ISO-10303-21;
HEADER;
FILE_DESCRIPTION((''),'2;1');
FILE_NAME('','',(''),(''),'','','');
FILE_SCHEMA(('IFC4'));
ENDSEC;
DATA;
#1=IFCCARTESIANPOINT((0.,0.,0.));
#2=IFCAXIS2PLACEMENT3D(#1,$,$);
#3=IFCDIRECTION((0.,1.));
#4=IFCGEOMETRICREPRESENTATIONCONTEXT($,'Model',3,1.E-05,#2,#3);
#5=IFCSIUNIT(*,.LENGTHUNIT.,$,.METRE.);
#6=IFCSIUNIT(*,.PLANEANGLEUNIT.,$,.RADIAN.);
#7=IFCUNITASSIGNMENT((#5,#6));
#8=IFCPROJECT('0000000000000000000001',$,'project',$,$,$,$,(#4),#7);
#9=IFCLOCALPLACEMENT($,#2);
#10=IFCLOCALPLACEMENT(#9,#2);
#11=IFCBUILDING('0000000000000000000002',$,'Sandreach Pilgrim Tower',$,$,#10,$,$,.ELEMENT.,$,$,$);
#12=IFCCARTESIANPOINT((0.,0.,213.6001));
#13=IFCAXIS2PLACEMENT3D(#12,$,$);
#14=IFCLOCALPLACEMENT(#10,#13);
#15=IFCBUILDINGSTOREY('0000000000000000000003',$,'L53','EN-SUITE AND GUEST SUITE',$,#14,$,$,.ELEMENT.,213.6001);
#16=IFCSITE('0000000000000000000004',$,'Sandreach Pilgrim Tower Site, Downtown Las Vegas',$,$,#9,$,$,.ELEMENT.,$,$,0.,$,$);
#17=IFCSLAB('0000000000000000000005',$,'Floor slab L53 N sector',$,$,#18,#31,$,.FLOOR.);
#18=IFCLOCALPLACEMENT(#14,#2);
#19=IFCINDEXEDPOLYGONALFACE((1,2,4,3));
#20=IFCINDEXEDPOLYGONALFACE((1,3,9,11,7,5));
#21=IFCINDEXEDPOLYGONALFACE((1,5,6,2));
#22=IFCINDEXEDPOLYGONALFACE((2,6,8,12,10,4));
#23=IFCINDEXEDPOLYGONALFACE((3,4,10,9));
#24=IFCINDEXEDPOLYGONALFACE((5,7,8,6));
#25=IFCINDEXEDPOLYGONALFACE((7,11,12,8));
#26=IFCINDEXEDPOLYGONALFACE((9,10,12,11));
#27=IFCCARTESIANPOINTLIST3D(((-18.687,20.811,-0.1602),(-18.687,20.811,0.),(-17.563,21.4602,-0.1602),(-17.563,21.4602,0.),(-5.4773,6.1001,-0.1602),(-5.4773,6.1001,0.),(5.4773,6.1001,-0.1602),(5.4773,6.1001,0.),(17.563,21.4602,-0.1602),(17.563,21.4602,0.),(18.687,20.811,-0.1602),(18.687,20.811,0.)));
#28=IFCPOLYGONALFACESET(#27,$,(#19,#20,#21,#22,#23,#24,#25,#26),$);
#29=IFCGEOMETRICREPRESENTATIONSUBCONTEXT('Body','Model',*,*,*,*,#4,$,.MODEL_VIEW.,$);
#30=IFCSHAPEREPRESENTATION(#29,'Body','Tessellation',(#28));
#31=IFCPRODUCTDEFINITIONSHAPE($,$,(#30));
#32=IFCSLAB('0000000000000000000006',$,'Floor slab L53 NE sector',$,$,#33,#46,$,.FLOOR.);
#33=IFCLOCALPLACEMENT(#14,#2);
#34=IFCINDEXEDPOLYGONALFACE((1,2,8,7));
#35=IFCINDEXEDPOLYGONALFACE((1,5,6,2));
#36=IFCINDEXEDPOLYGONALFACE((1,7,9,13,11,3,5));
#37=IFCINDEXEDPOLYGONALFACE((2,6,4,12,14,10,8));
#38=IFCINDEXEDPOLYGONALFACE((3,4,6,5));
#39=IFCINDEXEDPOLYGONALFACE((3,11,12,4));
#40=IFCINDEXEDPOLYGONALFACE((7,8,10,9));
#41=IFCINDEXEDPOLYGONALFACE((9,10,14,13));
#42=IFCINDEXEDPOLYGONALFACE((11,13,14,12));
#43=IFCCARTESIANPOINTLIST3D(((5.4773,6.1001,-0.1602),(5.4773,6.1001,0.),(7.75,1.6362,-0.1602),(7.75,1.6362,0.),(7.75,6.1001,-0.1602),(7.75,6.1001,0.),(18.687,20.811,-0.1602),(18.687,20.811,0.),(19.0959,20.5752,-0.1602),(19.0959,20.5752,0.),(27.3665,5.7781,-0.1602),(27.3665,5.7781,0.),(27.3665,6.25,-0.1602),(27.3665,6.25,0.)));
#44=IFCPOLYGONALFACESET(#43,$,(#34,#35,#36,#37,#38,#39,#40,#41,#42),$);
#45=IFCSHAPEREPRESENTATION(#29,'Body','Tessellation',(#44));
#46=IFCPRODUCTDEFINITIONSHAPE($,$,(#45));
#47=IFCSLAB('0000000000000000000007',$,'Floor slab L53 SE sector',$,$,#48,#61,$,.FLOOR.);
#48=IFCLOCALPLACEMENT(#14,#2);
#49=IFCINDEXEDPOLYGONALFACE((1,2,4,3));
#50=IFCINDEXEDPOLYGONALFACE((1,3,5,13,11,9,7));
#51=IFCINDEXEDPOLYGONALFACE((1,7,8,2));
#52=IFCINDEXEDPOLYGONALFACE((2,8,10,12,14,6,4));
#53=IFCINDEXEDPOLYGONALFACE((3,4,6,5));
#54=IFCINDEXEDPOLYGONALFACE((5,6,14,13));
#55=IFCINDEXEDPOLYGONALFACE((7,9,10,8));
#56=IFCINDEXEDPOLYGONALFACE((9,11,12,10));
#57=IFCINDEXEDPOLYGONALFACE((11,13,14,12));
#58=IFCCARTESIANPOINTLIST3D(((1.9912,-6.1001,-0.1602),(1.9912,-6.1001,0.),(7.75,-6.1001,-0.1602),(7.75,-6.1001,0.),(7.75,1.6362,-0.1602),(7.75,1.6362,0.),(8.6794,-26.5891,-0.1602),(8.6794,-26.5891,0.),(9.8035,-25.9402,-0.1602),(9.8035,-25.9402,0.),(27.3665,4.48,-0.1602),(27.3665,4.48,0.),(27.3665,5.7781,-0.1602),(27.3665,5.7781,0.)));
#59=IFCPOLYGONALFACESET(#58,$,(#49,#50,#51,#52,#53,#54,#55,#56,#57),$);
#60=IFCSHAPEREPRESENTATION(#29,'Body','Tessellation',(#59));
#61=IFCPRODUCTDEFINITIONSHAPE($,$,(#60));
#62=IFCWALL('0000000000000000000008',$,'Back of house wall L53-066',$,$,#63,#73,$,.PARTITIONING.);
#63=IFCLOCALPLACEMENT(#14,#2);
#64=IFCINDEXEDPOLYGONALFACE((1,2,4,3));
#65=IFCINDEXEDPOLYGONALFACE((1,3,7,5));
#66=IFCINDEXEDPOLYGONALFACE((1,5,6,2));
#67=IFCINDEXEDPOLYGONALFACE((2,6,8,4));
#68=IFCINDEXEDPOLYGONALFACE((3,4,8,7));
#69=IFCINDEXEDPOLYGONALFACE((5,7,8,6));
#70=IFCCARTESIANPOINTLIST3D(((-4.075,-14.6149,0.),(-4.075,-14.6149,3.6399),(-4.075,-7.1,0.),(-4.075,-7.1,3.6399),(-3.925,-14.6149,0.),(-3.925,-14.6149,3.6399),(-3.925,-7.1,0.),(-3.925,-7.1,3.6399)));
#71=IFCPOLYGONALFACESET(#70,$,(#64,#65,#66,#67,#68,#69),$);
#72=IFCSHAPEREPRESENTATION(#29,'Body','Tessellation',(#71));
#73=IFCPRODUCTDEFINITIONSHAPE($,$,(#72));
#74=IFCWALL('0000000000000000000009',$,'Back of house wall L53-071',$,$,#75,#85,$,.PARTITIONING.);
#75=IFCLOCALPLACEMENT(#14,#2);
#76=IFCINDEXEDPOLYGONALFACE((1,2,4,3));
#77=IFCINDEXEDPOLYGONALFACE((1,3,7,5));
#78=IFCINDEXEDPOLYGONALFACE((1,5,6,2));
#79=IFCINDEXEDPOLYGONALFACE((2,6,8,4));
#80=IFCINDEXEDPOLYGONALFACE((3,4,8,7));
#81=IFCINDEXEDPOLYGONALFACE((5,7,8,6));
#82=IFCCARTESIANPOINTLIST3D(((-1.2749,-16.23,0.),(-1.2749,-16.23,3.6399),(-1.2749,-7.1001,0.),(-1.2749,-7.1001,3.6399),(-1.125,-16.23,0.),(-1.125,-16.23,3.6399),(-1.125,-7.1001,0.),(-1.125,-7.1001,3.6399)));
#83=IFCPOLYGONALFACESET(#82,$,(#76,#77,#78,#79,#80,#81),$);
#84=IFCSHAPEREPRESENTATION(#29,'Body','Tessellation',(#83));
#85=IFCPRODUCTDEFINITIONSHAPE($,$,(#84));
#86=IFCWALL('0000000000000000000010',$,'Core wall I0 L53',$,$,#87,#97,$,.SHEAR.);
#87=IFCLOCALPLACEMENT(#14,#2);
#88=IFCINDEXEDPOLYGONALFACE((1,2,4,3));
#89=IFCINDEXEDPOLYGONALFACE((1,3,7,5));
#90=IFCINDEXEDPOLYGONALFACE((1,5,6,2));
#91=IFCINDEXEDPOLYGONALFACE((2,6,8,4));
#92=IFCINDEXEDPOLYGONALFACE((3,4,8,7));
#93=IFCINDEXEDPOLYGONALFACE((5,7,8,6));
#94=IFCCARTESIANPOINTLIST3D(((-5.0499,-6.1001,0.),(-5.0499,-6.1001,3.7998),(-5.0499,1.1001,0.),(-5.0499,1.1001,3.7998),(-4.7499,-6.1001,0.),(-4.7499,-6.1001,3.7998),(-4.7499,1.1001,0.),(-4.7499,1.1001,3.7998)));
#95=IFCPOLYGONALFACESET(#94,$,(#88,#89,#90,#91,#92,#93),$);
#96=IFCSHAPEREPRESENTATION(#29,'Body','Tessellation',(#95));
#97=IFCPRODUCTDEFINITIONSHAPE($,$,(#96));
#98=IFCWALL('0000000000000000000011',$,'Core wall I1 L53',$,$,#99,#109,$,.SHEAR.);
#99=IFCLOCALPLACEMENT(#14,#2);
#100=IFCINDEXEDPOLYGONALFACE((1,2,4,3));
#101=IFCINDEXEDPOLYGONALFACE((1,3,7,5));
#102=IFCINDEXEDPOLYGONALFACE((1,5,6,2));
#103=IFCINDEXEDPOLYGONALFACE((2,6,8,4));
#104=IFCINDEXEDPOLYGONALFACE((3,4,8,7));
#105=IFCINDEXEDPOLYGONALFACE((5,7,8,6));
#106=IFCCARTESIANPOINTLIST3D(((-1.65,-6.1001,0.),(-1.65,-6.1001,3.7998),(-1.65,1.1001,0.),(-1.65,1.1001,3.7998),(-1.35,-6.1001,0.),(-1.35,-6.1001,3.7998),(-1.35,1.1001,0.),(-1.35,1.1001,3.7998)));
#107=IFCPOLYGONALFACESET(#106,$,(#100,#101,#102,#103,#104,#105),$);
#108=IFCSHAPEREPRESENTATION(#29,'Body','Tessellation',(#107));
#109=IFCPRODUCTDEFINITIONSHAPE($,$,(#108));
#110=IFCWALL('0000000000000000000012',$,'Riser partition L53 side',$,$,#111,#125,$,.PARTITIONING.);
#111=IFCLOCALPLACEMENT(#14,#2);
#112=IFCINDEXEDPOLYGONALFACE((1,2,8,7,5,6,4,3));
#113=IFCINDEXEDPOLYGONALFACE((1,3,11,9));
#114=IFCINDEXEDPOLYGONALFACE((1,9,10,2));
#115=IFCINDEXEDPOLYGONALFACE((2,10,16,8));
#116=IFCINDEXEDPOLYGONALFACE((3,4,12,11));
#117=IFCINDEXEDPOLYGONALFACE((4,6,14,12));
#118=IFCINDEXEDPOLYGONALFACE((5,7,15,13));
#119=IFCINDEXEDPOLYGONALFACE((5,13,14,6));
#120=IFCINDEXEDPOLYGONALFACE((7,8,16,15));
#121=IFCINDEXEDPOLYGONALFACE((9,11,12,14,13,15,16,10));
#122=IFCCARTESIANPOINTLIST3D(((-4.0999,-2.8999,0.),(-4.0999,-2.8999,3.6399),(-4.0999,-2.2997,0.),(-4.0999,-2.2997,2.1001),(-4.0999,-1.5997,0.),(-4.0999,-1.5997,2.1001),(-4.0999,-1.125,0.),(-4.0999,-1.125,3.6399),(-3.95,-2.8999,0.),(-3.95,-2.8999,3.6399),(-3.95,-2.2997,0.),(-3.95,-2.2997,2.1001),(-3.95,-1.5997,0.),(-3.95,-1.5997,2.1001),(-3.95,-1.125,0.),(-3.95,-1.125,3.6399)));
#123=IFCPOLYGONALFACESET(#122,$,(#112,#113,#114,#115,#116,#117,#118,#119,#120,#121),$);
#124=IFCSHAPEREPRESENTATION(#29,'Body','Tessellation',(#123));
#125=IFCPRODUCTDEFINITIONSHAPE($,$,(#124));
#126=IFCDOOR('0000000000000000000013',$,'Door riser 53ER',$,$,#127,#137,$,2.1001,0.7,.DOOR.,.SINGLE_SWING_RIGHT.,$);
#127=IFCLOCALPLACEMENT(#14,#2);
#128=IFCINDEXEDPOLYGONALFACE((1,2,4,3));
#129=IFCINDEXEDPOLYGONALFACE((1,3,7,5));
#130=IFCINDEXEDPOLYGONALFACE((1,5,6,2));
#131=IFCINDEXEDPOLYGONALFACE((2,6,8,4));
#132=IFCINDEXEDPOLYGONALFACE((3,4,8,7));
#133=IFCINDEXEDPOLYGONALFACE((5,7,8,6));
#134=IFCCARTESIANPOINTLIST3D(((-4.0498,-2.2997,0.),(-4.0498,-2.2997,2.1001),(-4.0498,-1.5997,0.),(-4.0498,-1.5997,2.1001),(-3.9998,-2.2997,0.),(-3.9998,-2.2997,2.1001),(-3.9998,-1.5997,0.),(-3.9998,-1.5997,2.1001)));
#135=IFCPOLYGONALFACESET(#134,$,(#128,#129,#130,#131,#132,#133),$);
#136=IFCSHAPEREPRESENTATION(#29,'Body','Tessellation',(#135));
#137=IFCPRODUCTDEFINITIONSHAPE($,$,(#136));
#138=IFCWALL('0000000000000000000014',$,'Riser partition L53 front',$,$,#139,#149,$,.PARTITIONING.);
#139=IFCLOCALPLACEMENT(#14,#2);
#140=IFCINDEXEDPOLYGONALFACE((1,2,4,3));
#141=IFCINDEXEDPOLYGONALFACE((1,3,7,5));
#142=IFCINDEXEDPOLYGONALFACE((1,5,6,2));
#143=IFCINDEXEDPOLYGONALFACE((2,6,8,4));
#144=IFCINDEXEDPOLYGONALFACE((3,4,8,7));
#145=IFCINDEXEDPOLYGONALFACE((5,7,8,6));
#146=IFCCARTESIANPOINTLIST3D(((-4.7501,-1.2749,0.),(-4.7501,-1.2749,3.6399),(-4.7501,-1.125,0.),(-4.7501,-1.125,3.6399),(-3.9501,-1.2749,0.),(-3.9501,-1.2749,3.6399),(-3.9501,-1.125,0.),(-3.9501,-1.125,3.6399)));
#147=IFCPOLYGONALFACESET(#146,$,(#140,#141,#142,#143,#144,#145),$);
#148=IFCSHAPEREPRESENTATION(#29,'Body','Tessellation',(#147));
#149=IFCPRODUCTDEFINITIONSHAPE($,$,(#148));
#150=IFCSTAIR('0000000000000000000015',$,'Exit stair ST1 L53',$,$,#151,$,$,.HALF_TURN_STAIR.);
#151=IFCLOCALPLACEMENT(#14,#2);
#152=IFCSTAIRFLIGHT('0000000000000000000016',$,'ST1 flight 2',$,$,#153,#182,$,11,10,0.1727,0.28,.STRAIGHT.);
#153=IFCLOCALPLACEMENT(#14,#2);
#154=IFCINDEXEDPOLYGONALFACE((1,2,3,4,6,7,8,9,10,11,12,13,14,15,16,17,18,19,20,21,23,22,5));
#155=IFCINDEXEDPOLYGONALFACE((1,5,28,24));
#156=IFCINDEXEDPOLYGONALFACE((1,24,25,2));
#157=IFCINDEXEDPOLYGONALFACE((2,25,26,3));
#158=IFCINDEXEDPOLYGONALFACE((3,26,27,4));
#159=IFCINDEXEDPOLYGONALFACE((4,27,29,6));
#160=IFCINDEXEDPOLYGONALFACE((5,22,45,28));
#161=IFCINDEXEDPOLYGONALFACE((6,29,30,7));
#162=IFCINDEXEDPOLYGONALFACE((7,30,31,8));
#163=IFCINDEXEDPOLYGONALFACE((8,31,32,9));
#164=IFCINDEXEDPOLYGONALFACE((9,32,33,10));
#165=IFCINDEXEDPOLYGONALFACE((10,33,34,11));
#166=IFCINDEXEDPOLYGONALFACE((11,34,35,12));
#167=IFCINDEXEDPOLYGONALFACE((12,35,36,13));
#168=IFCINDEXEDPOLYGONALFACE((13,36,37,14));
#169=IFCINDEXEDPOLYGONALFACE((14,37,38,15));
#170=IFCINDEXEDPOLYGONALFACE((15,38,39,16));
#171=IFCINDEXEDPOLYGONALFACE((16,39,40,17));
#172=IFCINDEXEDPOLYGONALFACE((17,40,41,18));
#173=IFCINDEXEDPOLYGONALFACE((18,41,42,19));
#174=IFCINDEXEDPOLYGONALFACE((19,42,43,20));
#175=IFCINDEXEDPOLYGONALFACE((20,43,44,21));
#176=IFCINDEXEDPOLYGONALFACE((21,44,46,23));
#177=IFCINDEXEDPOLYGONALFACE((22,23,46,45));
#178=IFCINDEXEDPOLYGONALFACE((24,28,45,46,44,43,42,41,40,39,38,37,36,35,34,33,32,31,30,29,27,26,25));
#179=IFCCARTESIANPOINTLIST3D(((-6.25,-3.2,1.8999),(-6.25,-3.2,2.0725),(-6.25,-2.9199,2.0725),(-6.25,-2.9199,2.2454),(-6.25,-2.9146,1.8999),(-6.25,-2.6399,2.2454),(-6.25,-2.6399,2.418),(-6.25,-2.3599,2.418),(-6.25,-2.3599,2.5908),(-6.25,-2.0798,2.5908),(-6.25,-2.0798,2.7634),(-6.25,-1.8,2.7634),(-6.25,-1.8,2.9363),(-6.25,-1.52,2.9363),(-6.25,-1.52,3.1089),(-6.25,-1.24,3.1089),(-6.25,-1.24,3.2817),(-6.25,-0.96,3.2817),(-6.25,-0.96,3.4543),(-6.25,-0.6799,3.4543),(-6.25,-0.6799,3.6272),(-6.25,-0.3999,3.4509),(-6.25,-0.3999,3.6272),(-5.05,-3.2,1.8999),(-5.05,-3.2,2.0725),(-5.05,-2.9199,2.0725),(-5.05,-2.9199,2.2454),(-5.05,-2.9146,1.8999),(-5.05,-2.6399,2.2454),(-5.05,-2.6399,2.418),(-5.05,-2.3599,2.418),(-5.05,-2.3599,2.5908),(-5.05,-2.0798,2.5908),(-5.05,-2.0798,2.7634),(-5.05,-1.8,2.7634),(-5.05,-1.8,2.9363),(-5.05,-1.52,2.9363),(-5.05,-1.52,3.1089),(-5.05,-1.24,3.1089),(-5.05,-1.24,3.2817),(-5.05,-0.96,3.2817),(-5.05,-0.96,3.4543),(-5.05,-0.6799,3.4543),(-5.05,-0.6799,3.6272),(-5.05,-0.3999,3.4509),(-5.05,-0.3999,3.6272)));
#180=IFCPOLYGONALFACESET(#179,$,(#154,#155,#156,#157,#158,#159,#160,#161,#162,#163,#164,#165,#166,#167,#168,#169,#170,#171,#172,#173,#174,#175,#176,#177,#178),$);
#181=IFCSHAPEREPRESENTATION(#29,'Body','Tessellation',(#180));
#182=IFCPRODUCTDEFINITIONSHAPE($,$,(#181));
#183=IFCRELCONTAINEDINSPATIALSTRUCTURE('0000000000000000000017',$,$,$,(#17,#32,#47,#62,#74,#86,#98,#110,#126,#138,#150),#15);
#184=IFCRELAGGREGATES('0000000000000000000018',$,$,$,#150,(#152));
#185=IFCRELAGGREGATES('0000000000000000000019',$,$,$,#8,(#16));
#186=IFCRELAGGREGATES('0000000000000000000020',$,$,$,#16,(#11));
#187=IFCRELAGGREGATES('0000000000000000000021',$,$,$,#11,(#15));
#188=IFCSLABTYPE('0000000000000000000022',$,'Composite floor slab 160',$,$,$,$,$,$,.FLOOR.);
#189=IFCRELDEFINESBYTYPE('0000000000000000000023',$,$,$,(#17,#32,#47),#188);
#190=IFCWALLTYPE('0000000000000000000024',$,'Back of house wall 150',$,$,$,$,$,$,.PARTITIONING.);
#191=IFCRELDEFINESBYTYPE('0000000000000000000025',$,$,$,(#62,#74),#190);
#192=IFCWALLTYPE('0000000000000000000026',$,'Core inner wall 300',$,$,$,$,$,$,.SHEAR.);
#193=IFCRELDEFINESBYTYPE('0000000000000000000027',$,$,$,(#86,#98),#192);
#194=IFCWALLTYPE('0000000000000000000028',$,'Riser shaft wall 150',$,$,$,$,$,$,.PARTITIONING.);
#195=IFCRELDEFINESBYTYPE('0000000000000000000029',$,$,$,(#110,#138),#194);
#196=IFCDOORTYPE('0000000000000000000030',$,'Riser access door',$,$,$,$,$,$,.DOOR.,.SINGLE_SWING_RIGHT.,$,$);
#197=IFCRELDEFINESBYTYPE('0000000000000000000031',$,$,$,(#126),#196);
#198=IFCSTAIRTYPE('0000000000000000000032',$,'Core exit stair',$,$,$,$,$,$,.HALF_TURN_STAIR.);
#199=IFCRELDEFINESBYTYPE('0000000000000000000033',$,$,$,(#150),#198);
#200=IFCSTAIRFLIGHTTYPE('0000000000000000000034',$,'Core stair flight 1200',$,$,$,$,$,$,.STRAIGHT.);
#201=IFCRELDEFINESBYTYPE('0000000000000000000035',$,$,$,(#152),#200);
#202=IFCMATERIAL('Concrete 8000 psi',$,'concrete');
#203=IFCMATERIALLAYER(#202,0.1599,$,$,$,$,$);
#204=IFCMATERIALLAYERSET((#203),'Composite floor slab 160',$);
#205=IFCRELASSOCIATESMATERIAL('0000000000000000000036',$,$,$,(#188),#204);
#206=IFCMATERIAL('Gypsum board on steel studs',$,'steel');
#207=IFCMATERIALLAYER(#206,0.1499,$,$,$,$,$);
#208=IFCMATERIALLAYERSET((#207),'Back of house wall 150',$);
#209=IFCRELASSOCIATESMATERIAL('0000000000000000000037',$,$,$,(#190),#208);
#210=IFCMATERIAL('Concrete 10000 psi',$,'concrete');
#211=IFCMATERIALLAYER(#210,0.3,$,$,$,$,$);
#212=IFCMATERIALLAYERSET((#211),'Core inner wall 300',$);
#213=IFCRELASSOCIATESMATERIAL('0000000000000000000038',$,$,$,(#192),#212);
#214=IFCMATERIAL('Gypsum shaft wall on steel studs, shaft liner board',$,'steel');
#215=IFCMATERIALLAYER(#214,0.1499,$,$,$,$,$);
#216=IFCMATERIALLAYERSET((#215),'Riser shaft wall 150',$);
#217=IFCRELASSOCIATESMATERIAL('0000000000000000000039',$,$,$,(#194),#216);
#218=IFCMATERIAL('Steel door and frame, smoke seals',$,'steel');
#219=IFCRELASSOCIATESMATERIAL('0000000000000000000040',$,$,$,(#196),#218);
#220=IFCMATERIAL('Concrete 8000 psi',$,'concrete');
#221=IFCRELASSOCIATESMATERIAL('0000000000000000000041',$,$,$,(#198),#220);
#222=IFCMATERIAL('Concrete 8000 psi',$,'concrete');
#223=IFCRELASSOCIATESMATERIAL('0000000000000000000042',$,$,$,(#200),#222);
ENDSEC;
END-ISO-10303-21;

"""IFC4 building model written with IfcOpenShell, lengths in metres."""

from ifc_helpers import new_model, si_unit, direction, frame, frame_2d, origin, place, context, subcontext, project, spatial, polyline, rectangle, outline, extrude, material, layer, layer_set, type_object, element, fill, aggregate, save


model = new_model("IFC4")

# Units and contexts
model_context = context("Model", 3, precision=1e-05, world=origin(), true_north=direction((0.0, 1.0)))
body_context = subcontext(model_context, "Body", "Model", "MODEL_VIEW")
ifc_project = project(units=[si_unit("LENGTHUNIT", "METRE"), si_unit("PLANEANGLEUNIT", "RADIAN")], contexts=[model_context])

# Site, building, storey
site_placement = place(None, origin())
site = spatial("IfcSite", under=ifc_project, at=site_placement, Name="Sandreach Pilgrim Tower Site, Downtown Las Vegas", CompositionType="ELEMENT", RefElevation=0.0)
building_placement = place(site_placement, origin())
building = spatial("IfcBuilding", under=site, at=building_placement, Name="Sandreach Pilgrim Tower", CompositionType="ELEMENT")
storey_placement = place(building_placement, frame((0.0, 0.0, 213.6001)))
storey = spatial("IfcBuildingStorey", under=building, at=storey_placement, Name="L53", Description="EN-SUITE AND GUEST SUITE", CompositionType="ELEMENT", Elevation=213.6001)

# Slabs
ifc_material_1 = material(Name="Concrete 8000 psi", Category="concrete")
ifc_layer_1 = layer(ifc_material_1, 0.1599)
ifc_layer_set_1 = layer_set([ifc_layer_1], Name="Composite floor slab 160")
slab_type = type_object("IfcSlabType", Name="Composite floor slab 160", PredefinedType="FLOOR", material=ifc_layer_set_1)
slab_1_placement = place(storey_placement, frame((0.0, 0.0, -0.1602)))
element("IfcSlab", 1, at=slab_1_placement, inside=storey, type_object=slab_type, Name="Floor slab L53 N sector", PredefinedType="FLOOR", context=body_context, shape_type="SweptSolid", body=[
    extrude(outline(polyline([(-17.563, 21.4602), (17.563, 21.4602), (18.687, 20.811), (5.4773, 6.1001), (-5.4773, 6.1001), (-18.687, 20.811), (-17.563, 21.4602)])), origin(), (0.0, 0.0, 1.0), 0.1602),
])
slab_2_placement = place(storey_placement, frame((0.0, 0.0, -0.1602)))
element("IfcSlab", 2, at=slab_2_placement, inside=storey, type_object=slab_type, Name="Floor slab L53 NE sector", PredefinedType="FLOOR", context=body_context, shape_type="SweptSolid", body=[
    extrude(outline(polyline([(19.0959, 20.5752), (27.3665, 6.25), (27.3665, 5.7781), (7.75, 1.6362), (7.75, 6.1001), (5.4773, 6.1001), (18.687, 20.811), (19.0959, 20.5752)])), origin(), (0.0, 0.0, 1.0), 0.1602),
])
slab_3_placement = place(storey_placement, frame((0.0, 0.0, -0.1602)))
element("IfcSlab", 3, at=slab_3_placement, inside=storey, type_object=slab_type, Name="Floor slab L53 SE sector", PredefinedType="FLOOR", context=body_context, shape_type="SweptSolid", body=[
    extrude(outline(polyline([(27.3665, 4.48), (9.8035, -25.9402), (8.6794, -26.5891), (1.9912, -6.1001), (7.75, -6.1001), (7.75, 1.6362), (27.3665, 5.7781), (27.3665, 4.48)])), origin(), (0.0, 0.0, 1.0), 0.1602),
])

# Walls
ifc_material_2 = material(Name="Gypsum board on steel studs", Category="steel")
ifc_layer_2 = layer(ifc_material_2, 0.1499)
ifc_layer_set_2 = layer_set([ifc_layer_2], Name="Back of house wall 150")
wall_type_1 = type_object("IfcWallType", Name="Back of house wall 150", PredefinedType="PARTITIONING", material=ifc_layer_set_2)
wall_1_placement = place(storey_placement, frame((-4.0, -7.1001, 0.0), z_axis=(0.0, 0.0, 1.0), x_axis=(0.0, -1.0, 0.0)))
element("IfcWall", 4, at=wall_1_placement, inside=storey, type_object=wall_type_1, Name="Back of house wall L53-066", PredefinedType="PARTITIONING", context=body_context, shape_type="SweptSolid", body=[
    extrude(rectangle(XDim=7.5149, YDim=0.1499, at=frame_2d((3.7573, 0.0))), origin(), (0.0, 0.0, 1.0), 3.6399),
])
wall_2_placement = place(storey_placement, frame((-1.2, -7.1001, 0.0), z_axis=(0.0, 0.0, 1.0), x_axis=(0.0, -1.0, 0.0)))
element("IfcWall", 5, at=wall_2_placement, inside=storey, type_object=wall_type_1, Name="Back of house wall L53-071", PredefinedType="PARTITIONING", context=body_context, shape_type="SweptSolid", body=[
    extrude(rectangle(XDim=9.1299, YDim=0.1499, at=frame_2d((4.5649, 0.0))), origin(), (0.0, 0.0, 1.0), 3.6399),
])
ifc_material_3 = material(Name="Concrete 10000 psi", Category="concrete")
ifc_layer_3 = layer(ifc_material_3, 0.3)
ifc_layer_set_3 = layer_set([ifc_layer_3], Name="Core inner wall 300")
wall_type_2 = type_object("IfcWallType", Name="Core inner wall 300", PredefinedType="SHEAR", material=ifc_layer_set_3)
for number, where, z_axis, x_axis, name in (
    (6, (-4.8999, -6.1001, 0.0), (0.0, 0.0, 1.0), (0.0, 1.0, 0.0), "Core wall I0 L53"),
    (7, (-1.5, -6.1001, 0.0), (0.0, 0.0, 1.0), (0.0, 1.0, 0.0), "Core wall I1 L53"),
):
    element("IfcWall", number, at=place(storey_placement, frame(where, z_axis=z_axis, x_axis=x_axis)), inside=storey, type_object=wall_type_2, Name=name, PredefinedType="SHEAR", context=body_context, shape_type="SweptSolid", body=[
        extrude(rectangle(XDim=7.2002, YDim=0.3, at=frame_2d((3.6001, 0.0))), origin(), (0.0, 0.0, 1.0), 3.7998),
    ])

# Wall, opening, door
ifc_material_4 = material(Name="Gypsum shaft wall on steel studs, shaft liner board", Category="steel")
ifc_layer_4 = layer(ifc_material_4, 0.1499)
ifc_layer_set_4 = layer_set([ifc_layer_4], Name="Riser shaft wall 150")
wall_type_3 = type_object("IfcWallType", Name="Riser shaft wall 150", PredefinedType="PARTITIONING", material=ifc_layer_set_4)
wall_3_placement = place(storey_placement, frame((-4.0249, -2.8999, 0.0), z_axis=(0.0, 0.0, 1.0), x_axis=(0.0, 1.0, 0.0)))
wall_3 = element("IfcWall", 8, at=wall_3_placement, inside=storey, type_object=wall_type_3, Name="Riser partition L53 side", PredefinedType="PARTITIONING", context=body_context, shape_type="SweptSolid", body=[
    extrude(rectangle(XDim=1.7749, YDim=0.1499, at=frame_2d((0.8875, 0.0))), origin(), (0.0, 0.0, 1.0), 3.6399),
])
opening_1_placement = place(wall_3_placement, frame((0.6001, 0.0, 0.0)))
opening_1 = element("IfcOpeningElement", 9, at=opening_1_placement, cuts=wall_3, PredefinedType="OPENING", context=body_context, shape_type="SweptSolid", body=[
    extrude(rectangle(XDim=0.7, YDim=2.1001, at=frame_2d((0.3501, 1.05))), frame((0.0, 0.075, 0.0), z_axis=(0.0, -1.0, 0.0), x_axis=(1.0, 0.0, 0.0)), (0.0, 0.0, 1.0), 0.1499),
])
ifc_material_5 = material(Name="Steel door and frame, smoke seals", Category="steel")
door_type_1 = type_object("IfcDoorType", Name="Riser access door", OperationType="SINGLE_SWING_RIGHT", PredefinedType="DOOR", material=ifc_material_5)
door_1_placement = place(opening_1_placement, origin())
door_1 = element("IfcDoor", 10, at=door_1_placement, inside=storey, type_object=door_type_1, Name="Door riser 53ER", OperationType="SINGLE_SWING_RIGHT", OverallHeight=2.1001, OverallWidth=0.7, PredefinedType="DOOR", context=body_context, shape_type="SweptSolid", body=[
    extrude(rectangle(XDim=0.7, YDim=2.1001, at=frame_2d((0.3501, 1.05))), frame((0.0, 0.0249, 0.0), z_axis=(0.0, -1.0, 0.0), x_axis=(1.0, 0.0, 0.0)), (0.0, 0.0, 1.0), 0.05),
])
fill(opening_1, door_1)

# Wall
wall_4_placement = place(storey_placement, frame((-4.75, -1.2, 0.0), z_axis=(0.0, 0.0, 1.0), x_axis=(1.0, 0.0, 0.0)))
element("IfcWall", 11, at=wall_4_placement, inside=storey, type_object=wall_type_3, Name="Riser partition L53 front", PredefinedType="PARTITIONING", context=body_context, shape_type="SweptSolid", body=[
    extrude(rectangle(XDim=0.8, YDim=0.1499, at=frame_2d((0.3999, 0.0))), origin(), (0.0, 0.0, 1.0), 3.6399),
])

# Stair, stair flight
ifc_material_6 = material(Name="Concrete 8000 psi", Category="concrete")
stair_type = type_object("IfcStairType", Name="Core exit stair", PredefinedType="HALF_TURN_STAIR", material=ifc_material_6)
stair_1_placement = place(storey_placement, origin())
stair_1 = element("IfcStair", 12, at=stair_1_placement, inside=storey, type_object=stair_type, Name="Exit stair ST1 L53", PredefinedType="HALF_TURN_STAIR")
ifc_material_7 = material(Name="Concrete 8000 psi", Category="concrete")
stair_flight_type = type_object("IfcStairFlightType", Name="Core stair flight 1200", PredefinedType="STRAIGHT", material=ifc_material_7)
stair_flight_1_placement = place(storey_placement, frame((-5.6499, -3.2, 1.8999), z_axis=(0.0, 0.0, 1.0), x_axis=(0.0, 1.0, 0.0)))
stair_flight_1 = element("IfcStairFlight", 13, at=stair_flight_1_placement, type_object=stair_flight_type, Name="ST1 flight 2", NumberOfRisers=11, NumberOfTreads=10, PredefinedType="STRAIGHT", RiserHeight=0.1727, TreadLength=0.28, context=body_context, shape_type="SweptSolid", body=[
    extrude(outline(polyline([(0.0, 0.0), (0.0, 0.1726), (0.28, 0.1726), (0.28, 0.3455), (0.5601, 0.3455), (0.5601, 0.5181), (0.8401, 0.5181), (0.8401, 0.6909), (1.1201, 0.6909), (1.1201, 0.8635), (1.3999, 0.8635), (1.3999, 1.0364), (1.6799, 1.0364), (1.6799, 1.209), (1.96, 1.209), (1.96, 1.3818), (2.24, 1.3818), (2.24, 1.5544), (2.52, 1.5544), (2.52, 1.7273), (2.8, 1.7273), (2.8, 1.8999), (2.8, 1.551), (0.2854, 0.0), (0.0, 0.0)])), frame((0.0, 0.6001, 0.0), z_axis=(0.0, -1.0, 0.0), x_axis=(1.0, 0.0, 0.0)), (0.0, 0.0, 1.0), 1.2),
])
aggregate(stair_1, [stair_flight_1])

save(model, "model.ifc")
